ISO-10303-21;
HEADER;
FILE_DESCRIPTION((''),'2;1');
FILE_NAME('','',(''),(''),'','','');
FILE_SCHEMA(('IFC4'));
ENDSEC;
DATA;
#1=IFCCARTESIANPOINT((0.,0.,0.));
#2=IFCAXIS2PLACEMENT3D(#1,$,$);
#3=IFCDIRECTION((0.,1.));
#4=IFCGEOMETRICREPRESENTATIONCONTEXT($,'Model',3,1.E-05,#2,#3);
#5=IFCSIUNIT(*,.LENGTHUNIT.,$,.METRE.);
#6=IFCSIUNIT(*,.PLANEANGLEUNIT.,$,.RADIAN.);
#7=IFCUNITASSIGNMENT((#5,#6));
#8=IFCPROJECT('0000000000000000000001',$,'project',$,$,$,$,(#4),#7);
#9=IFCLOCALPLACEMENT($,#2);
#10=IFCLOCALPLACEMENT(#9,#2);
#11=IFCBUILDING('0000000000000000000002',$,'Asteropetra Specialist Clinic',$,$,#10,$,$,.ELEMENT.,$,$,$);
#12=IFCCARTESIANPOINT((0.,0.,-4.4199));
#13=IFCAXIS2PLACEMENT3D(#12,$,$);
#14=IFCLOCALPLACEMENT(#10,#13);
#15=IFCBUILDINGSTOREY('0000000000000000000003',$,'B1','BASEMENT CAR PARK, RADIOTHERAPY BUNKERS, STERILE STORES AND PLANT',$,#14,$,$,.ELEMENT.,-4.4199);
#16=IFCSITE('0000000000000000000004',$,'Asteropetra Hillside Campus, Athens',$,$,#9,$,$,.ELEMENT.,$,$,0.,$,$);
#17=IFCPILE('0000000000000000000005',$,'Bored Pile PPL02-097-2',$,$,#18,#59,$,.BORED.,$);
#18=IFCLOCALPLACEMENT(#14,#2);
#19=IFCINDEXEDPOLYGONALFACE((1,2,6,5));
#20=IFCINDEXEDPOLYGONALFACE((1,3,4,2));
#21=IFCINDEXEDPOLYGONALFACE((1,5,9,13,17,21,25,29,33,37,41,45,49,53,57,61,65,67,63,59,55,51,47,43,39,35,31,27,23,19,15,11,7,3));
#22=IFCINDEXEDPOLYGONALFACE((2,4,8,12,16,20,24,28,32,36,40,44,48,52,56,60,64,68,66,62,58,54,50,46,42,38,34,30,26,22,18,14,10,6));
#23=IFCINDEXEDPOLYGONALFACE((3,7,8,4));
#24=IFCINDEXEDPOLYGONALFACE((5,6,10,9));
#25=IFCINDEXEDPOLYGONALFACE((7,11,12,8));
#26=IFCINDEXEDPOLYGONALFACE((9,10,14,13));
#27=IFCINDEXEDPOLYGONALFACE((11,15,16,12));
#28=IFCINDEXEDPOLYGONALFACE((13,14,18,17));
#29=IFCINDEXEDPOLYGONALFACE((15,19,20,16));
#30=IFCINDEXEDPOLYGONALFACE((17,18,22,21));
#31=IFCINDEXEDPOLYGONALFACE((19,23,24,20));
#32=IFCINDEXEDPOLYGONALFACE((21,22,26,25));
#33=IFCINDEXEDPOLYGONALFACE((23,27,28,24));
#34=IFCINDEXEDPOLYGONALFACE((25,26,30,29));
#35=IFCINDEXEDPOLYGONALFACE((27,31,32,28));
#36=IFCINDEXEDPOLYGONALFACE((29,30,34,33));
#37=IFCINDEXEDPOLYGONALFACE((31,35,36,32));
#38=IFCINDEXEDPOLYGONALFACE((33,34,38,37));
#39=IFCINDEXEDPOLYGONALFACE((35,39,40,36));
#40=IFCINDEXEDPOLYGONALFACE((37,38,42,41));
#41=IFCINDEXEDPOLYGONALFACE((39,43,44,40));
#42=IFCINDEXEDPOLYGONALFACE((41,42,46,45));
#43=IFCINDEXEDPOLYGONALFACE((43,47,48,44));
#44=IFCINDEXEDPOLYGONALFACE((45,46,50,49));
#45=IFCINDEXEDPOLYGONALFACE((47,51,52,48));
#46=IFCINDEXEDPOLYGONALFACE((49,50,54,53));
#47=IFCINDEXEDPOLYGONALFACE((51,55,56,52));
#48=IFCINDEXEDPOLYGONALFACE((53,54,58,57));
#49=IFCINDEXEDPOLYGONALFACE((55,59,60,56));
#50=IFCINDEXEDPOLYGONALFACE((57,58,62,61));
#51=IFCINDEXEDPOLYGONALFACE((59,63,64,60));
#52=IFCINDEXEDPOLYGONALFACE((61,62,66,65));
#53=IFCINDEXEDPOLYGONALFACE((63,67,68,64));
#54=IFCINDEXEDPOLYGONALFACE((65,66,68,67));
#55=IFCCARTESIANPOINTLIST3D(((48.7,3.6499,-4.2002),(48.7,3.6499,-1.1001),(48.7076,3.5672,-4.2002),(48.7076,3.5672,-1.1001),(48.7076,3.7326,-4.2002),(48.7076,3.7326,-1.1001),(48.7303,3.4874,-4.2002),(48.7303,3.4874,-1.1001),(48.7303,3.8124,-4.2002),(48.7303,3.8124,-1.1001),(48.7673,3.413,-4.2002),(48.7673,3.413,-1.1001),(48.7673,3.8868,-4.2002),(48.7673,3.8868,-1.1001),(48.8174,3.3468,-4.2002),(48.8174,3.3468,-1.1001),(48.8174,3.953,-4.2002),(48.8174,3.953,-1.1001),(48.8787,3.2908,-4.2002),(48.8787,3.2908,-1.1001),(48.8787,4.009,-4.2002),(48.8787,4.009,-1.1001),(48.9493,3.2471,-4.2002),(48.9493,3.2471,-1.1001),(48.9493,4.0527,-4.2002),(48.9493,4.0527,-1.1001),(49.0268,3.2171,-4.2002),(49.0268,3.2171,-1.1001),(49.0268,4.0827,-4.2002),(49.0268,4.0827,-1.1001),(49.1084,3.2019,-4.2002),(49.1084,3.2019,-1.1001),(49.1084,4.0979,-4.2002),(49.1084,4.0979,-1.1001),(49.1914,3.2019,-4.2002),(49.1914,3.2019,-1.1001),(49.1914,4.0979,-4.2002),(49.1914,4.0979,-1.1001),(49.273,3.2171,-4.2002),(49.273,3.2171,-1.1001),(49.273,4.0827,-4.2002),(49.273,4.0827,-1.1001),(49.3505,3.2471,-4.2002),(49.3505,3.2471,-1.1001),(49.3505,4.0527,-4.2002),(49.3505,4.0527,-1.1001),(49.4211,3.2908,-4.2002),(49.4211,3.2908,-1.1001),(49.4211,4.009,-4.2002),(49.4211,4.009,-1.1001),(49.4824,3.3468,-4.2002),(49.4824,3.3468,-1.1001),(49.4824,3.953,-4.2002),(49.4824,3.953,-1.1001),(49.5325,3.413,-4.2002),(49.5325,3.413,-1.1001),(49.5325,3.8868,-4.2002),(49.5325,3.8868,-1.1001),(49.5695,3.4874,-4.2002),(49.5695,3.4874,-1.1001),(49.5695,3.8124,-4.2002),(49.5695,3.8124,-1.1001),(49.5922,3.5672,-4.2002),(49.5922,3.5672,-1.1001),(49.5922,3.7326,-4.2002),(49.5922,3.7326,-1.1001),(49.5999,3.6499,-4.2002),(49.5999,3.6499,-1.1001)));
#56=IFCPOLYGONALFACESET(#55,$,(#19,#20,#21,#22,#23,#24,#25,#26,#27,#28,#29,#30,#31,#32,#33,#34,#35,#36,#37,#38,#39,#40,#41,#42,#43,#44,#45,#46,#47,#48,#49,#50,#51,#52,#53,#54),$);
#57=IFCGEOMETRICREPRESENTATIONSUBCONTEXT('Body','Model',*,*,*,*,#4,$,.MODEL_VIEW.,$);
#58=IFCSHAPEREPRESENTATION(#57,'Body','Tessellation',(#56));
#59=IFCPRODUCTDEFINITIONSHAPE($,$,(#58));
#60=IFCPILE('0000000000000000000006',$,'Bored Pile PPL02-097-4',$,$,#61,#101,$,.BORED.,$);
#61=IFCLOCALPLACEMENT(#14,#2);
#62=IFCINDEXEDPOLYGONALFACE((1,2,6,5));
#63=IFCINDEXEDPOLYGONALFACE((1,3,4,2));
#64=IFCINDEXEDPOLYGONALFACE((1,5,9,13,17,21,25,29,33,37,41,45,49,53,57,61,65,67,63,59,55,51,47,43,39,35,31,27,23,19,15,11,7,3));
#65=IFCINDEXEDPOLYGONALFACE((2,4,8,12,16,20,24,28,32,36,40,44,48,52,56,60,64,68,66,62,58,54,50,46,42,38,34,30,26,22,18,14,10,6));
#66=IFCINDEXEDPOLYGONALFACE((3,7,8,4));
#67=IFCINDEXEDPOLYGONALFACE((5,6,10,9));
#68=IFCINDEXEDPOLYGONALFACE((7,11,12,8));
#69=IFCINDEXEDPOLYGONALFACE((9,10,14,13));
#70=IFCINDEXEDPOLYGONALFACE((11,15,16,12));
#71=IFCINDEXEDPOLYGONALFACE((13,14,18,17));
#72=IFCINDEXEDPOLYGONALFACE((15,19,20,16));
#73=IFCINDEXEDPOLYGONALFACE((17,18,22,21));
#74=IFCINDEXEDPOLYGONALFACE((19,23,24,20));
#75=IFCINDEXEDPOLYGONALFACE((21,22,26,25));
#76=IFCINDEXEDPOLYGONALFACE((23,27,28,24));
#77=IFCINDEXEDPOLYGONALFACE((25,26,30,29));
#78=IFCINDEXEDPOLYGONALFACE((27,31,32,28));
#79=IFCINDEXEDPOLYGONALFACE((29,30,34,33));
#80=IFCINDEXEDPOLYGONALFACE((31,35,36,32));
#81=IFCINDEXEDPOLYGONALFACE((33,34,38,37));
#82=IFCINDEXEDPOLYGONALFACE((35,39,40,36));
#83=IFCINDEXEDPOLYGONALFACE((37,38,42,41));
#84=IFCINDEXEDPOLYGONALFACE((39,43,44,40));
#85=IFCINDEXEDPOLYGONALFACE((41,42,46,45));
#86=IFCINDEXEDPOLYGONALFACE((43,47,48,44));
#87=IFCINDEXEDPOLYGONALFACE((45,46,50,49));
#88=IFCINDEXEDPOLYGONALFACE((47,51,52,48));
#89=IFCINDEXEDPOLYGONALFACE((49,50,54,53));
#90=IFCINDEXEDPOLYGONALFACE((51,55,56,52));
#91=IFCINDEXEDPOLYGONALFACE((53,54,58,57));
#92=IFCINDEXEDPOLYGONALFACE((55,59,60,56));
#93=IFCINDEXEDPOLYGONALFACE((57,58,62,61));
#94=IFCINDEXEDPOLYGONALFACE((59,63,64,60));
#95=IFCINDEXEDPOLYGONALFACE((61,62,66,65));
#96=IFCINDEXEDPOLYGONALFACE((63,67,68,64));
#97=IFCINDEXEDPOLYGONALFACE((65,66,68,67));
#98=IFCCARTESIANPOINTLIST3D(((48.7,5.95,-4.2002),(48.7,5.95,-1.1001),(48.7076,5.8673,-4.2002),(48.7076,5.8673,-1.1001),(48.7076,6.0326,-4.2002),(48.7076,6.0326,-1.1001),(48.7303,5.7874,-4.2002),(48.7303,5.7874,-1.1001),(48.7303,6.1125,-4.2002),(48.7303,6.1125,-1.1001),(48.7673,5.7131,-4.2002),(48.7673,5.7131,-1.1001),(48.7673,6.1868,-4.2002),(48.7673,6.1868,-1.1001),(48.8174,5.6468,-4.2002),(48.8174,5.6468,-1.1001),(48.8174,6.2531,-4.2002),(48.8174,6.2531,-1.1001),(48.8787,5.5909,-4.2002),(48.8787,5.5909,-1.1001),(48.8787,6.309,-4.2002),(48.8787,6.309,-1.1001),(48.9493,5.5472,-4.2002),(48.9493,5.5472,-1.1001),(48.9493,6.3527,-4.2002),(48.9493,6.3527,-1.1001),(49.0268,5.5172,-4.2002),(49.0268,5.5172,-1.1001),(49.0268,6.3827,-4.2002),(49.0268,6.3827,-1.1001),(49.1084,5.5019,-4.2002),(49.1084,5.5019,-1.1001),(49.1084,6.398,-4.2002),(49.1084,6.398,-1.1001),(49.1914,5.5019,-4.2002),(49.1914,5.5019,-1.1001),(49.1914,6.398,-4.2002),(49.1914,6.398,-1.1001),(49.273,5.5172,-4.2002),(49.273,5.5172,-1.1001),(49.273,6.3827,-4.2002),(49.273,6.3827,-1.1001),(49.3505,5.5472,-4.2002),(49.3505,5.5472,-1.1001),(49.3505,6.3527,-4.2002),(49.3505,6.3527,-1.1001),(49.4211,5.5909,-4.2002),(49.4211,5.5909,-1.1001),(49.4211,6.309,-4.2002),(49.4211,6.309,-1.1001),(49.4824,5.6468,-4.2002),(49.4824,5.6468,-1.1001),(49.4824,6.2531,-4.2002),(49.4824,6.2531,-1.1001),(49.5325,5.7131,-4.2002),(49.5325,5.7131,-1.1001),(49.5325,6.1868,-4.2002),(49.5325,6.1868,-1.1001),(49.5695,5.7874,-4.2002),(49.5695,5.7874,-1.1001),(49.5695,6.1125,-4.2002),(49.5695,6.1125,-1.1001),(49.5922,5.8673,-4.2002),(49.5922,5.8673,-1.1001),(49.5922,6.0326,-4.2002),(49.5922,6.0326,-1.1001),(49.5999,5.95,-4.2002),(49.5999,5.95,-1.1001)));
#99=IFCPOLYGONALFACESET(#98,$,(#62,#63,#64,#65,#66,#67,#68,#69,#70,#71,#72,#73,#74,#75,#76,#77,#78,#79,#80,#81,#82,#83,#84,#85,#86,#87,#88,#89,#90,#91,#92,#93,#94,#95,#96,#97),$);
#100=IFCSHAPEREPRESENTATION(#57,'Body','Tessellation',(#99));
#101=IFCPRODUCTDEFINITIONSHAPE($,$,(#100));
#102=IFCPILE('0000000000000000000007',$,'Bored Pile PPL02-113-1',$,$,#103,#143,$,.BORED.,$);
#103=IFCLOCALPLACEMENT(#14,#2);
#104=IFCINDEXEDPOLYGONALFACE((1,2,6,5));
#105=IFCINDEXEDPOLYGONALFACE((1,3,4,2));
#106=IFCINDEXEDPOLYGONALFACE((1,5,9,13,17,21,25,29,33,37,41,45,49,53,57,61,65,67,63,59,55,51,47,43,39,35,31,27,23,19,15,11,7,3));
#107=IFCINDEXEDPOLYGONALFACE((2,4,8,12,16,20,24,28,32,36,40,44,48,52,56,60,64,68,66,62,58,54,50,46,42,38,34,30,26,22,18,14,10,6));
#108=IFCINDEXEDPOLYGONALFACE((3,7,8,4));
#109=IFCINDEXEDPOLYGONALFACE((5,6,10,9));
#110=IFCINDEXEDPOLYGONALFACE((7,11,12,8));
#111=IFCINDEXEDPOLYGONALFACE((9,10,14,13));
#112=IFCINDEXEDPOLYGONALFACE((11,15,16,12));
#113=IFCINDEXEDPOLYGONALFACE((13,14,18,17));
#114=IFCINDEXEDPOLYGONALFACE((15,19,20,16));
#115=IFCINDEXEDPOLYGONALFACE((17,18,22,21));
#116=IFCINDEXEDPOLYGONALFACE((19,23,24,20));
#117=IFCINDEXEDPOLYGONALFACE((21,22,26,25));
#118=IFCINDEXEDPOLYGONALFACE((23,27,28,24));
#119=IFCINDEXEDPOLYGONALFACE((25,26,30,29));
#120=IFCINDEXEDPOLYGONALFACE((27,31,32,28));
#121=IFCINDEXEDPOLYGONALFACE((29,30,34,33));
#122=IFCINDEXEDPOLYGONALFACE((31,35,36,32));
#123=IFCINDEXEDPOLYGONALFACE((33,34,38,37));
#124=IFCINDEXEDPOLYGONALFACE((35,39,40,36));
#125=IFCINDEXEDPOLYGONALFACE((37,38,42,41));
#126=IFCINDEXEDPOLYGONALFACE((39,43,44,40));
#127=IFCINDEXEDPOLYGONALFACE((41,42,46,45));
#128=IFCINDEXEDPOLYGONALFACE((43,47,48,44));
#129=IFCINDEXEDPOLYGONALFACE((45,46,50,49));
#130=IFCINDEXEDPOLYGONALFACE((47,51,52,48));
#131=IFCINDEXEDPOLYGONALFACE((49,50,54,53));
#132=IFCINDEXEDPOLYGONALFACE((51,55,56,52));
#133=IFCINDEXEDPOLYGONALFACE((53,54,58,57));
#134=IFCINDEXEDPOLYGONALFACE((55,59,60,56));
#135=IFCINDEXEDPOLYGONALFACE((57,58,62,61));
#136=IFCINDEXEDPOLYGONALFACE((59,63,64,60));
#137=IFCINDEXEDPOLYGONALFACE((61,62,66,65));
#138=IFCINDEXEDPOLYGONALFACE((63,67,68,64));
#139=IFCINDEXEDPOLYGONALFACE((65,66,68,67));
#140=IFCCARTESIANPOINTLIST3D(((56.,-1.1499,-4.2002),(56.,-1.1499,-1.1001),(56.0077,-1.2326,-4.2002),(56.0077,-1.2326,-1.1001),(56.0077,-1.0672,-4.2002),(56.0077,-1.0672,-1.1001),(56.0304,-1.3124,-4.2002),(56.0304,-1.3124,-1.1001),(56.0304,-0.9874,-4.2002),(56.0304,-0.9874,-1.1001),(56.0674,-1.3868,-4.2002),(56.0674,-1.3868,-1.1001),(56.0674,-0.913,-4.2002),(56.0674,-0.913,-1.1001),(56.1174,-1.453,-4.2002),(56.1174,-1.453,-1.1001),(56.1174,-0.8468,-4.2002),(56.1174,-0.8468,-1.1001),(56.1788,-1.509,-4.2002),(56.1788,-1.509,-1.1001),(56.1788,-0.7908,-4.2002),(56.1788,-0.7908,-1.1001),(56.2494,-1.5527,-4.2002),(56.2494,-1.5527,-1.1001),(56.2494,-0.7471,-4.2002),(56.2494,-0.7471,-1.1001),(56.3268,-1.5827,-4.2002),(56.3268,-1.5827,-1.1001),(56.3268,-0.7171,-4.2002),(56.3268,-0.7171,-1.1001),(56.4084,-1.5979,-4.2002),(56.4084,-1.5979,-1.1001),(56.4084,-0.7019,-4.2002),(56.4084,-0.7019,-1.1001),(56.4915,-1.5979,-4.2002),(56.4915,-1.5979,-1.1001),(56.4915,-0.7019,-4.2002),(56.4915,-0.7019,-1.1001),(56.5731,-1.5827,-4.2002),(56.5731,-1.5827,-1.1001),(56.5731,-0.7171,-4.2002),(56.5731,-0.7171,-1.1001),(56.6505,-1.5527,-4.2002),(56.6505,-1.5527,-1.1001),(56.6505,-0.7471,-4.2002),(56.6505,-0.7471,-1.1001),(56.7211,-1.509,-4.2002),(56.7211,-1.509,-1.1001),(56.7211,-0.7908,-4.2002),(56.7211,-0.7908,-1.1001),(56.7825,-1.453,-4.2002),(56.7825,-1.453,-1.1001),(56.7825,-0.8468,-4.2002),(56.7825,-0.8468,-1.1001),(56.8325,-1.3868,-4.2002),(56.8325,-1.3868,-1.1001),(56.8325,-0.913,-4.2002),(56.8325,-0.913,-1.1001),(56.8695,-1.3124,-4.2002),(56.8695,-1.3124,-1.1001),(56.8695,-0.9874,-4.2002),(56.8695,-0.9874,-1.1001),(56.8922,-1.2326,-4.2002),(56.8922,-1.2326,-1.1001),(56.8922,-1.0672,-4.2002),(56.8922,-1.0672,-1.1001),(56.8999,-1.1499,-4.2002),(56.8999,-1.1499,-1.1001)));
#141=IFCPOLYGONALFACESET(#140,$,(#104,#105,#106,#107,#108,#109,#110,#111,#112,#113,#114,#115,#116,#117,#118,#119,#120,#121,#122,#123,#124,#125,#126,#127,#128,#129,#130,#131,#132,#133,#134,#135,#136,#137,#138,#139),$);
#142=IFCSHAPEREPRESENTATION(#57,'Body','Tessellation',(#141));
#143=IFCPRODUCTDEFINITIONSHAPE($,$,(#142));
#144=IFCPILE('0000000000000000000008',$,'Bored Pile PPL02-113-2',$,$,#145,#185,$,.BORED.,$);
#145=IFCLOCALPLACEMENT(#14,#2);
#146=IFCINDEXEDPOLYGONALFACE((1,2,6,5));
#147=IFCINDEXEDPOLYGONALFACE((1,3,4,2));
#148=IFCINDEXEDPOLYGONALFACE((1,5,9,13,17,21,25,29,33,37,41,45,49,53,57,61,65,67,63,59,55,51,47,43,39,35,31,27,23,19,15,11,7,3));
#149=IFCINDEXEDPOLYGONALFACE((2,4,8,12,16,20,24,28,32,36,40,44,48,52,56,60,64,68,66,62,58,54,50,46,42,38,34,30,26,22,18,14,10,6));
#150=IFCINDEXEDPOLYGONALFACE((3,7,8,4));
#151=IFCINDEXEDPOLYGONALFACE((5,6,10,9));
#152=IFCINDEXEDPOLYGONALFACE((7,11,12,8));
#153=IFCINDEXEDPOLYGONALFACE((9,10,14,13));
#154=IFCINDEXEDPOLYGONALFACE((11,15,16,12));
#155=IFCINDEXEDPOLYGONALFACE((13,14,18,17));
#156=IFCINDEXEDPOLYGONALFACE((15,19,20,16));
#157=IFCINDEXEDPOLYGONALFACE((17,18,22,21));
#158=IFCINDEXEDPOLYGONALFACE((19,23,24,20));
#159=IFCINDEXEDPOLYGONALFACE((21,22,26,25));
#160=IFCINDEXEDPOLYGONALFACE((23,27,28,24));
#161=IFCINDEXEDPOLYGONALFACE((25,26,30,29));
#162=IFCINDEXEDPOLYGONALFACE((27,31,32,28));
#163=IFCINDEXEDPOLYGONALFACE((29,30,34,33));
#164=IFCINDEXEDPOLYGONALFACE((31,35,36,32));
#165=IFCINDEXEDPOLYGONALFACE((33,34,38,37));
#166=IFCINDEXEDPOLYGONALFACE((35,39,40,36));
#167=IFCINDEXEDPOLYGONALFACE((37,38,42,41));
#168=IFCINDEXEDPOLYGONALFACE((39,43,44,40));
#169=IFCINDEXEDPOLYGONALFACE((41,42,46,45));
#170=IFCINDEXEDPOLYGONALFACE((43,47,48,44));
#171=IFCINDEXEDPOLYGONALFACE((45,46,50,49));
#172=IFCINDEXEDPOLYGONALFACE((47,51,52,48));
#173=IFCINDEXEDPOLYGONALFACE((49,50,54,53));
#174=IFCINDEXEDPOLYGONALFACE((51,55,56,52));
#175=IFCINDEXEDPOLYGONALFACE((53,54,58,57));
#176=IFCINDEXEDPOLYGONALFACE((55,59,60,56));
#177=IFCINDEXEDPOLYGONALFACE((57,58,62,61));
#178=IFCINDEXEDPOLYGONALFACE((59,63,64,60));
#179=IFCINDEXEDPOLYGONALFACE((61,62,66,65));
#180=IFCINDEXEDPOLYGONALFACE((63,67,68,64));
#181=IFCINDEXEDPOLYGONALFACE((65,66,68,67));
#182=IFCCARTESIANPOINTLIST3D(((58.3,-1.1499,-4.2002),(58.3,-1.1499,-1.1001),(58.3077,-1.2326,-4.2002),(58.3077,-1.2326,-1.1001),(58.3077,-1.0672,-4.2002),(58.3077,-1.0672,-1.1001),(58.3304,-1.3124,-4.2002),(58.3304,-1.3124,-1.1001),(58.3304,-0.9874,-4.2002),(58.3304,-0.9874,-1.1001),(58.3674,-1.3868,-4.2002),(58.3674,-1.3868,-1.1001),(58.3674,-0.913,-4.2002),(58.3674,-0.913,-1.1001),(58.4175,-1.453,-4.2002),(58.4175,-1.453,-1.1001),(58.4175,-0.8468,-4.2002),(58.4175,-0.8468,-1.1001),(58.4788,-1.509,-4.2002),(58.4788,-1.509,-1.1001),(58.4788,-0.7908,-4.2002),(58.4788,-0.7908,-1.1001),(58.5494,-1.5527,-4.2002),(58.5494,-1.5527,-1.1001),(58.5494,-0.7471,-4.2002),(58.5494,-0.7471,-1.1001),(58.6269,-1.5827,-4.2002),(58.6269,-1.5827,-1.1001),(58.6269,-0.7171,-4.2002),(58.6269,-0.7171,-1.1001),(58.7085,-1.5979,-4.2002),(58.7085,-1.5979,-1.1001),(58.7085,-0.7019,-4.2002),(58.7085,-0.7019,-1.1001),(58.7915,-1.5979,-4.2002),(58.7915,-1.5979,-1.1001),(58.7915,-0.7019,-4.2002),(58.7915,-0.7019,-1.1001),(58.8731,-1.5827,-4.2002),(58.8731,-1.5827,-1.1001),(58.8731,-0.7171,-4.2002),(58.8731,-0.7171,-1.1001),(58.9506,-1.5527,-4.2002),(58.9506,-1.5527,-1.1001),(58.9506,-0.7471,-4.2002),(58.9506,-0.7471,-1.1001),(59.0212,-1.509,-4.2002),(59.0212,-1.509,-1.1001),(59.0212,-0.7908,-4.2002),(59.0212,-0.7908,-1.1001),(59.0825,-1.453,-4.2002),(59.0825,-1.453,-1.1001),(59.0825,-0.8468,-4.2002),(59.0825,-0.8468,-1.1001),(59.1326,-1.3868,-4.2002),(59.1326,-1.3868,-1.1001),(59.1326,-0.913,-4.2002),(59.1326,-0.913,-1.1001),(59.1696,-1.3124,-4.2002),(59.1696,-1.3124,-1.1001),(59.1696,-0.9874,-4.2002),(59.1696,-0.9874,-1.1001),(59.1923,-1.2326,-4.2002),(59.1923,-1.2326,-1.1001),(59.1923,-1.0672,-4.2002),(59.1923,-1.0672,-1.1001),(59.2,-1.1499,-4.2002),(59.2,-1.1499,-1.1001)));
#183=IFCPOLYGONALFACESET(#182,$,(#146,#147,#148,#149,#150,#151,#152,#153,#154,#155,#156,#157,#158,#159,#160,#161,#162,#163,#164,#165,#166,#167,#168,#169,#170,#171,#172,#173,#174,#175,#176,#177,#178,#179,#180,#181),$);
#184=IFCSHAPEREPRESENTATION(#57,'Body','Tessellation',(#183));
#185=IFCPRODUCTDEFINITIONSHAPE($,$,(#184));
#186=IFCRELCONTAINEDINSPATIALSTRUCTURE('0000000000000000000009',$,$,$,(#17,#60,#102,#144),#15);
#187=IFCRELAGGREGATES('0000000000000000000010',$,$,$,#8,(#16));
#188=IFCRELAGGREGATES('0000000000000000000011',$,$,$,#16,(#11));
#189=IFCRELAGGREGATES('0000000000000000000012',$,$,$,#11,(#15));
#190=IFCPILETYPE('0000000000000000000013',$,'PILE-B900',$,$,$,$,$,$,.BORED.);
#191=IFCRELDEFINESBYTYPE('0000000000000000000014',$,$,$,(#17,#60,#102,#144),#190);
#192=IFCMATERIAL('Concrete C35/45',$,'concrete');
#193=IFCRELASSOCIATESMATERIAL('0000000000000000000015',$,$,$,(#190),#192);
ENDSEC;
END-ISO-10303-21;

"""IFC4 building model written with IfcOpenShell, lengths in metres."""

from ifc_helpers import new_model, si_unit, direction, frame, origin, origin_2d, place, context, subcontext, project, spatial, circle, extrude, material, material_profile, profile_set, type_object, element, save


model = new_model("IFC4")

# Units and contexts
model_context = context("Model", 3, precision=1e-05, world=origin(), true_north=direction((0.0, 1.0)))
body_context = subcontext(model_context, "Body", "Model", "MODEL_VIEW")
ifc_project = project(units=[si_unit("LENGTHUNIT", "METRE"), si_unit("PLANEANGLEUNIT", "RADIAN")], contexts=[model_context])

# Site, building, storey
site_placement = place(None, origin())
site = spatial("IfcSite", under=ifc_project, at=site_placement, Name="Asteropetra Hillside Campus, Athens", CompositionType="ELEMENT", RefElevation=0.0)
building_placement = place(site_placement, origin())
building = spatial("IfcBuilding", under=site, at=building_placement, Name="Asteropetra Specialist Clinic", CompositionType="ELEMENT")
storey_placement = place(building_placement, frame((0.0, 0.0, -4.4199)))
storey = spatial("IfcBuildingStorey", under=building, at=storey_placement, Name="B1", Description="BASEMENT CAR PARK, RADIOTHERAPY BUNKERS, STERILE STORES AND PLANT", CompositionType="ELEMENT", Elevation=-4.4199)

# Piles
ifc_material_1 = material(Name="Concrete C35/45", Category="concrete")
ifc_material_profile_1 = material_profile(ifc_material_1, circle(Radius=0.45, at=origin_2d()), Name="PILE D900")
ifc_profile_set_1 = profile_set([ifc_material_profile_1], Name="Concrete C35/45")
pile_type_1 = type_object("IfcPileType", Name="PILE-B900", PredefinedType="BORED", material=ifc_profile_set_1)
for number, where, z_axis, x_axis, name in (
    (1, (49.1499, 3.6499, -1.1001), (0.0, 0.0, -1.0), (1.0, 0.0, 0.0), "Bored Pile PPL02-097-2"),
    (2, (49.1499, 5.95, -1.1001), (0.0, 0.0, -1.0), (1.0, 0.0, 0.0), "Bored Pile PPL02-097-4"),
    (3, (56.45, -1.1499, -1.1001), (0.0, 0.0, -1.0), (1.0, 0.0, 0.0), "Bored Pile PPL02-113-1"),
    (4, (58.75, -1.1499, -1.1001), (0.0, 0.0, -1.0), (1.0, 0.0, 0.0), "Bored Pile PPL02-113-2"),
):
    element("IfcPile", number, at=place(storey_placement, frame(where, z_axis=z_axis, x_axis=x_axis)), inside=storey, type_object=pile_type_1, Name=name, PredefinedType="BORED", context=body_context, shape_type="SweptSolid", body=[
        extrude(circle(Radius=0.45, at=origin_2d()), origin(), (0.0, 0.0, 1.0), 3.1001),
    ])

save(model, "model.ifc")
